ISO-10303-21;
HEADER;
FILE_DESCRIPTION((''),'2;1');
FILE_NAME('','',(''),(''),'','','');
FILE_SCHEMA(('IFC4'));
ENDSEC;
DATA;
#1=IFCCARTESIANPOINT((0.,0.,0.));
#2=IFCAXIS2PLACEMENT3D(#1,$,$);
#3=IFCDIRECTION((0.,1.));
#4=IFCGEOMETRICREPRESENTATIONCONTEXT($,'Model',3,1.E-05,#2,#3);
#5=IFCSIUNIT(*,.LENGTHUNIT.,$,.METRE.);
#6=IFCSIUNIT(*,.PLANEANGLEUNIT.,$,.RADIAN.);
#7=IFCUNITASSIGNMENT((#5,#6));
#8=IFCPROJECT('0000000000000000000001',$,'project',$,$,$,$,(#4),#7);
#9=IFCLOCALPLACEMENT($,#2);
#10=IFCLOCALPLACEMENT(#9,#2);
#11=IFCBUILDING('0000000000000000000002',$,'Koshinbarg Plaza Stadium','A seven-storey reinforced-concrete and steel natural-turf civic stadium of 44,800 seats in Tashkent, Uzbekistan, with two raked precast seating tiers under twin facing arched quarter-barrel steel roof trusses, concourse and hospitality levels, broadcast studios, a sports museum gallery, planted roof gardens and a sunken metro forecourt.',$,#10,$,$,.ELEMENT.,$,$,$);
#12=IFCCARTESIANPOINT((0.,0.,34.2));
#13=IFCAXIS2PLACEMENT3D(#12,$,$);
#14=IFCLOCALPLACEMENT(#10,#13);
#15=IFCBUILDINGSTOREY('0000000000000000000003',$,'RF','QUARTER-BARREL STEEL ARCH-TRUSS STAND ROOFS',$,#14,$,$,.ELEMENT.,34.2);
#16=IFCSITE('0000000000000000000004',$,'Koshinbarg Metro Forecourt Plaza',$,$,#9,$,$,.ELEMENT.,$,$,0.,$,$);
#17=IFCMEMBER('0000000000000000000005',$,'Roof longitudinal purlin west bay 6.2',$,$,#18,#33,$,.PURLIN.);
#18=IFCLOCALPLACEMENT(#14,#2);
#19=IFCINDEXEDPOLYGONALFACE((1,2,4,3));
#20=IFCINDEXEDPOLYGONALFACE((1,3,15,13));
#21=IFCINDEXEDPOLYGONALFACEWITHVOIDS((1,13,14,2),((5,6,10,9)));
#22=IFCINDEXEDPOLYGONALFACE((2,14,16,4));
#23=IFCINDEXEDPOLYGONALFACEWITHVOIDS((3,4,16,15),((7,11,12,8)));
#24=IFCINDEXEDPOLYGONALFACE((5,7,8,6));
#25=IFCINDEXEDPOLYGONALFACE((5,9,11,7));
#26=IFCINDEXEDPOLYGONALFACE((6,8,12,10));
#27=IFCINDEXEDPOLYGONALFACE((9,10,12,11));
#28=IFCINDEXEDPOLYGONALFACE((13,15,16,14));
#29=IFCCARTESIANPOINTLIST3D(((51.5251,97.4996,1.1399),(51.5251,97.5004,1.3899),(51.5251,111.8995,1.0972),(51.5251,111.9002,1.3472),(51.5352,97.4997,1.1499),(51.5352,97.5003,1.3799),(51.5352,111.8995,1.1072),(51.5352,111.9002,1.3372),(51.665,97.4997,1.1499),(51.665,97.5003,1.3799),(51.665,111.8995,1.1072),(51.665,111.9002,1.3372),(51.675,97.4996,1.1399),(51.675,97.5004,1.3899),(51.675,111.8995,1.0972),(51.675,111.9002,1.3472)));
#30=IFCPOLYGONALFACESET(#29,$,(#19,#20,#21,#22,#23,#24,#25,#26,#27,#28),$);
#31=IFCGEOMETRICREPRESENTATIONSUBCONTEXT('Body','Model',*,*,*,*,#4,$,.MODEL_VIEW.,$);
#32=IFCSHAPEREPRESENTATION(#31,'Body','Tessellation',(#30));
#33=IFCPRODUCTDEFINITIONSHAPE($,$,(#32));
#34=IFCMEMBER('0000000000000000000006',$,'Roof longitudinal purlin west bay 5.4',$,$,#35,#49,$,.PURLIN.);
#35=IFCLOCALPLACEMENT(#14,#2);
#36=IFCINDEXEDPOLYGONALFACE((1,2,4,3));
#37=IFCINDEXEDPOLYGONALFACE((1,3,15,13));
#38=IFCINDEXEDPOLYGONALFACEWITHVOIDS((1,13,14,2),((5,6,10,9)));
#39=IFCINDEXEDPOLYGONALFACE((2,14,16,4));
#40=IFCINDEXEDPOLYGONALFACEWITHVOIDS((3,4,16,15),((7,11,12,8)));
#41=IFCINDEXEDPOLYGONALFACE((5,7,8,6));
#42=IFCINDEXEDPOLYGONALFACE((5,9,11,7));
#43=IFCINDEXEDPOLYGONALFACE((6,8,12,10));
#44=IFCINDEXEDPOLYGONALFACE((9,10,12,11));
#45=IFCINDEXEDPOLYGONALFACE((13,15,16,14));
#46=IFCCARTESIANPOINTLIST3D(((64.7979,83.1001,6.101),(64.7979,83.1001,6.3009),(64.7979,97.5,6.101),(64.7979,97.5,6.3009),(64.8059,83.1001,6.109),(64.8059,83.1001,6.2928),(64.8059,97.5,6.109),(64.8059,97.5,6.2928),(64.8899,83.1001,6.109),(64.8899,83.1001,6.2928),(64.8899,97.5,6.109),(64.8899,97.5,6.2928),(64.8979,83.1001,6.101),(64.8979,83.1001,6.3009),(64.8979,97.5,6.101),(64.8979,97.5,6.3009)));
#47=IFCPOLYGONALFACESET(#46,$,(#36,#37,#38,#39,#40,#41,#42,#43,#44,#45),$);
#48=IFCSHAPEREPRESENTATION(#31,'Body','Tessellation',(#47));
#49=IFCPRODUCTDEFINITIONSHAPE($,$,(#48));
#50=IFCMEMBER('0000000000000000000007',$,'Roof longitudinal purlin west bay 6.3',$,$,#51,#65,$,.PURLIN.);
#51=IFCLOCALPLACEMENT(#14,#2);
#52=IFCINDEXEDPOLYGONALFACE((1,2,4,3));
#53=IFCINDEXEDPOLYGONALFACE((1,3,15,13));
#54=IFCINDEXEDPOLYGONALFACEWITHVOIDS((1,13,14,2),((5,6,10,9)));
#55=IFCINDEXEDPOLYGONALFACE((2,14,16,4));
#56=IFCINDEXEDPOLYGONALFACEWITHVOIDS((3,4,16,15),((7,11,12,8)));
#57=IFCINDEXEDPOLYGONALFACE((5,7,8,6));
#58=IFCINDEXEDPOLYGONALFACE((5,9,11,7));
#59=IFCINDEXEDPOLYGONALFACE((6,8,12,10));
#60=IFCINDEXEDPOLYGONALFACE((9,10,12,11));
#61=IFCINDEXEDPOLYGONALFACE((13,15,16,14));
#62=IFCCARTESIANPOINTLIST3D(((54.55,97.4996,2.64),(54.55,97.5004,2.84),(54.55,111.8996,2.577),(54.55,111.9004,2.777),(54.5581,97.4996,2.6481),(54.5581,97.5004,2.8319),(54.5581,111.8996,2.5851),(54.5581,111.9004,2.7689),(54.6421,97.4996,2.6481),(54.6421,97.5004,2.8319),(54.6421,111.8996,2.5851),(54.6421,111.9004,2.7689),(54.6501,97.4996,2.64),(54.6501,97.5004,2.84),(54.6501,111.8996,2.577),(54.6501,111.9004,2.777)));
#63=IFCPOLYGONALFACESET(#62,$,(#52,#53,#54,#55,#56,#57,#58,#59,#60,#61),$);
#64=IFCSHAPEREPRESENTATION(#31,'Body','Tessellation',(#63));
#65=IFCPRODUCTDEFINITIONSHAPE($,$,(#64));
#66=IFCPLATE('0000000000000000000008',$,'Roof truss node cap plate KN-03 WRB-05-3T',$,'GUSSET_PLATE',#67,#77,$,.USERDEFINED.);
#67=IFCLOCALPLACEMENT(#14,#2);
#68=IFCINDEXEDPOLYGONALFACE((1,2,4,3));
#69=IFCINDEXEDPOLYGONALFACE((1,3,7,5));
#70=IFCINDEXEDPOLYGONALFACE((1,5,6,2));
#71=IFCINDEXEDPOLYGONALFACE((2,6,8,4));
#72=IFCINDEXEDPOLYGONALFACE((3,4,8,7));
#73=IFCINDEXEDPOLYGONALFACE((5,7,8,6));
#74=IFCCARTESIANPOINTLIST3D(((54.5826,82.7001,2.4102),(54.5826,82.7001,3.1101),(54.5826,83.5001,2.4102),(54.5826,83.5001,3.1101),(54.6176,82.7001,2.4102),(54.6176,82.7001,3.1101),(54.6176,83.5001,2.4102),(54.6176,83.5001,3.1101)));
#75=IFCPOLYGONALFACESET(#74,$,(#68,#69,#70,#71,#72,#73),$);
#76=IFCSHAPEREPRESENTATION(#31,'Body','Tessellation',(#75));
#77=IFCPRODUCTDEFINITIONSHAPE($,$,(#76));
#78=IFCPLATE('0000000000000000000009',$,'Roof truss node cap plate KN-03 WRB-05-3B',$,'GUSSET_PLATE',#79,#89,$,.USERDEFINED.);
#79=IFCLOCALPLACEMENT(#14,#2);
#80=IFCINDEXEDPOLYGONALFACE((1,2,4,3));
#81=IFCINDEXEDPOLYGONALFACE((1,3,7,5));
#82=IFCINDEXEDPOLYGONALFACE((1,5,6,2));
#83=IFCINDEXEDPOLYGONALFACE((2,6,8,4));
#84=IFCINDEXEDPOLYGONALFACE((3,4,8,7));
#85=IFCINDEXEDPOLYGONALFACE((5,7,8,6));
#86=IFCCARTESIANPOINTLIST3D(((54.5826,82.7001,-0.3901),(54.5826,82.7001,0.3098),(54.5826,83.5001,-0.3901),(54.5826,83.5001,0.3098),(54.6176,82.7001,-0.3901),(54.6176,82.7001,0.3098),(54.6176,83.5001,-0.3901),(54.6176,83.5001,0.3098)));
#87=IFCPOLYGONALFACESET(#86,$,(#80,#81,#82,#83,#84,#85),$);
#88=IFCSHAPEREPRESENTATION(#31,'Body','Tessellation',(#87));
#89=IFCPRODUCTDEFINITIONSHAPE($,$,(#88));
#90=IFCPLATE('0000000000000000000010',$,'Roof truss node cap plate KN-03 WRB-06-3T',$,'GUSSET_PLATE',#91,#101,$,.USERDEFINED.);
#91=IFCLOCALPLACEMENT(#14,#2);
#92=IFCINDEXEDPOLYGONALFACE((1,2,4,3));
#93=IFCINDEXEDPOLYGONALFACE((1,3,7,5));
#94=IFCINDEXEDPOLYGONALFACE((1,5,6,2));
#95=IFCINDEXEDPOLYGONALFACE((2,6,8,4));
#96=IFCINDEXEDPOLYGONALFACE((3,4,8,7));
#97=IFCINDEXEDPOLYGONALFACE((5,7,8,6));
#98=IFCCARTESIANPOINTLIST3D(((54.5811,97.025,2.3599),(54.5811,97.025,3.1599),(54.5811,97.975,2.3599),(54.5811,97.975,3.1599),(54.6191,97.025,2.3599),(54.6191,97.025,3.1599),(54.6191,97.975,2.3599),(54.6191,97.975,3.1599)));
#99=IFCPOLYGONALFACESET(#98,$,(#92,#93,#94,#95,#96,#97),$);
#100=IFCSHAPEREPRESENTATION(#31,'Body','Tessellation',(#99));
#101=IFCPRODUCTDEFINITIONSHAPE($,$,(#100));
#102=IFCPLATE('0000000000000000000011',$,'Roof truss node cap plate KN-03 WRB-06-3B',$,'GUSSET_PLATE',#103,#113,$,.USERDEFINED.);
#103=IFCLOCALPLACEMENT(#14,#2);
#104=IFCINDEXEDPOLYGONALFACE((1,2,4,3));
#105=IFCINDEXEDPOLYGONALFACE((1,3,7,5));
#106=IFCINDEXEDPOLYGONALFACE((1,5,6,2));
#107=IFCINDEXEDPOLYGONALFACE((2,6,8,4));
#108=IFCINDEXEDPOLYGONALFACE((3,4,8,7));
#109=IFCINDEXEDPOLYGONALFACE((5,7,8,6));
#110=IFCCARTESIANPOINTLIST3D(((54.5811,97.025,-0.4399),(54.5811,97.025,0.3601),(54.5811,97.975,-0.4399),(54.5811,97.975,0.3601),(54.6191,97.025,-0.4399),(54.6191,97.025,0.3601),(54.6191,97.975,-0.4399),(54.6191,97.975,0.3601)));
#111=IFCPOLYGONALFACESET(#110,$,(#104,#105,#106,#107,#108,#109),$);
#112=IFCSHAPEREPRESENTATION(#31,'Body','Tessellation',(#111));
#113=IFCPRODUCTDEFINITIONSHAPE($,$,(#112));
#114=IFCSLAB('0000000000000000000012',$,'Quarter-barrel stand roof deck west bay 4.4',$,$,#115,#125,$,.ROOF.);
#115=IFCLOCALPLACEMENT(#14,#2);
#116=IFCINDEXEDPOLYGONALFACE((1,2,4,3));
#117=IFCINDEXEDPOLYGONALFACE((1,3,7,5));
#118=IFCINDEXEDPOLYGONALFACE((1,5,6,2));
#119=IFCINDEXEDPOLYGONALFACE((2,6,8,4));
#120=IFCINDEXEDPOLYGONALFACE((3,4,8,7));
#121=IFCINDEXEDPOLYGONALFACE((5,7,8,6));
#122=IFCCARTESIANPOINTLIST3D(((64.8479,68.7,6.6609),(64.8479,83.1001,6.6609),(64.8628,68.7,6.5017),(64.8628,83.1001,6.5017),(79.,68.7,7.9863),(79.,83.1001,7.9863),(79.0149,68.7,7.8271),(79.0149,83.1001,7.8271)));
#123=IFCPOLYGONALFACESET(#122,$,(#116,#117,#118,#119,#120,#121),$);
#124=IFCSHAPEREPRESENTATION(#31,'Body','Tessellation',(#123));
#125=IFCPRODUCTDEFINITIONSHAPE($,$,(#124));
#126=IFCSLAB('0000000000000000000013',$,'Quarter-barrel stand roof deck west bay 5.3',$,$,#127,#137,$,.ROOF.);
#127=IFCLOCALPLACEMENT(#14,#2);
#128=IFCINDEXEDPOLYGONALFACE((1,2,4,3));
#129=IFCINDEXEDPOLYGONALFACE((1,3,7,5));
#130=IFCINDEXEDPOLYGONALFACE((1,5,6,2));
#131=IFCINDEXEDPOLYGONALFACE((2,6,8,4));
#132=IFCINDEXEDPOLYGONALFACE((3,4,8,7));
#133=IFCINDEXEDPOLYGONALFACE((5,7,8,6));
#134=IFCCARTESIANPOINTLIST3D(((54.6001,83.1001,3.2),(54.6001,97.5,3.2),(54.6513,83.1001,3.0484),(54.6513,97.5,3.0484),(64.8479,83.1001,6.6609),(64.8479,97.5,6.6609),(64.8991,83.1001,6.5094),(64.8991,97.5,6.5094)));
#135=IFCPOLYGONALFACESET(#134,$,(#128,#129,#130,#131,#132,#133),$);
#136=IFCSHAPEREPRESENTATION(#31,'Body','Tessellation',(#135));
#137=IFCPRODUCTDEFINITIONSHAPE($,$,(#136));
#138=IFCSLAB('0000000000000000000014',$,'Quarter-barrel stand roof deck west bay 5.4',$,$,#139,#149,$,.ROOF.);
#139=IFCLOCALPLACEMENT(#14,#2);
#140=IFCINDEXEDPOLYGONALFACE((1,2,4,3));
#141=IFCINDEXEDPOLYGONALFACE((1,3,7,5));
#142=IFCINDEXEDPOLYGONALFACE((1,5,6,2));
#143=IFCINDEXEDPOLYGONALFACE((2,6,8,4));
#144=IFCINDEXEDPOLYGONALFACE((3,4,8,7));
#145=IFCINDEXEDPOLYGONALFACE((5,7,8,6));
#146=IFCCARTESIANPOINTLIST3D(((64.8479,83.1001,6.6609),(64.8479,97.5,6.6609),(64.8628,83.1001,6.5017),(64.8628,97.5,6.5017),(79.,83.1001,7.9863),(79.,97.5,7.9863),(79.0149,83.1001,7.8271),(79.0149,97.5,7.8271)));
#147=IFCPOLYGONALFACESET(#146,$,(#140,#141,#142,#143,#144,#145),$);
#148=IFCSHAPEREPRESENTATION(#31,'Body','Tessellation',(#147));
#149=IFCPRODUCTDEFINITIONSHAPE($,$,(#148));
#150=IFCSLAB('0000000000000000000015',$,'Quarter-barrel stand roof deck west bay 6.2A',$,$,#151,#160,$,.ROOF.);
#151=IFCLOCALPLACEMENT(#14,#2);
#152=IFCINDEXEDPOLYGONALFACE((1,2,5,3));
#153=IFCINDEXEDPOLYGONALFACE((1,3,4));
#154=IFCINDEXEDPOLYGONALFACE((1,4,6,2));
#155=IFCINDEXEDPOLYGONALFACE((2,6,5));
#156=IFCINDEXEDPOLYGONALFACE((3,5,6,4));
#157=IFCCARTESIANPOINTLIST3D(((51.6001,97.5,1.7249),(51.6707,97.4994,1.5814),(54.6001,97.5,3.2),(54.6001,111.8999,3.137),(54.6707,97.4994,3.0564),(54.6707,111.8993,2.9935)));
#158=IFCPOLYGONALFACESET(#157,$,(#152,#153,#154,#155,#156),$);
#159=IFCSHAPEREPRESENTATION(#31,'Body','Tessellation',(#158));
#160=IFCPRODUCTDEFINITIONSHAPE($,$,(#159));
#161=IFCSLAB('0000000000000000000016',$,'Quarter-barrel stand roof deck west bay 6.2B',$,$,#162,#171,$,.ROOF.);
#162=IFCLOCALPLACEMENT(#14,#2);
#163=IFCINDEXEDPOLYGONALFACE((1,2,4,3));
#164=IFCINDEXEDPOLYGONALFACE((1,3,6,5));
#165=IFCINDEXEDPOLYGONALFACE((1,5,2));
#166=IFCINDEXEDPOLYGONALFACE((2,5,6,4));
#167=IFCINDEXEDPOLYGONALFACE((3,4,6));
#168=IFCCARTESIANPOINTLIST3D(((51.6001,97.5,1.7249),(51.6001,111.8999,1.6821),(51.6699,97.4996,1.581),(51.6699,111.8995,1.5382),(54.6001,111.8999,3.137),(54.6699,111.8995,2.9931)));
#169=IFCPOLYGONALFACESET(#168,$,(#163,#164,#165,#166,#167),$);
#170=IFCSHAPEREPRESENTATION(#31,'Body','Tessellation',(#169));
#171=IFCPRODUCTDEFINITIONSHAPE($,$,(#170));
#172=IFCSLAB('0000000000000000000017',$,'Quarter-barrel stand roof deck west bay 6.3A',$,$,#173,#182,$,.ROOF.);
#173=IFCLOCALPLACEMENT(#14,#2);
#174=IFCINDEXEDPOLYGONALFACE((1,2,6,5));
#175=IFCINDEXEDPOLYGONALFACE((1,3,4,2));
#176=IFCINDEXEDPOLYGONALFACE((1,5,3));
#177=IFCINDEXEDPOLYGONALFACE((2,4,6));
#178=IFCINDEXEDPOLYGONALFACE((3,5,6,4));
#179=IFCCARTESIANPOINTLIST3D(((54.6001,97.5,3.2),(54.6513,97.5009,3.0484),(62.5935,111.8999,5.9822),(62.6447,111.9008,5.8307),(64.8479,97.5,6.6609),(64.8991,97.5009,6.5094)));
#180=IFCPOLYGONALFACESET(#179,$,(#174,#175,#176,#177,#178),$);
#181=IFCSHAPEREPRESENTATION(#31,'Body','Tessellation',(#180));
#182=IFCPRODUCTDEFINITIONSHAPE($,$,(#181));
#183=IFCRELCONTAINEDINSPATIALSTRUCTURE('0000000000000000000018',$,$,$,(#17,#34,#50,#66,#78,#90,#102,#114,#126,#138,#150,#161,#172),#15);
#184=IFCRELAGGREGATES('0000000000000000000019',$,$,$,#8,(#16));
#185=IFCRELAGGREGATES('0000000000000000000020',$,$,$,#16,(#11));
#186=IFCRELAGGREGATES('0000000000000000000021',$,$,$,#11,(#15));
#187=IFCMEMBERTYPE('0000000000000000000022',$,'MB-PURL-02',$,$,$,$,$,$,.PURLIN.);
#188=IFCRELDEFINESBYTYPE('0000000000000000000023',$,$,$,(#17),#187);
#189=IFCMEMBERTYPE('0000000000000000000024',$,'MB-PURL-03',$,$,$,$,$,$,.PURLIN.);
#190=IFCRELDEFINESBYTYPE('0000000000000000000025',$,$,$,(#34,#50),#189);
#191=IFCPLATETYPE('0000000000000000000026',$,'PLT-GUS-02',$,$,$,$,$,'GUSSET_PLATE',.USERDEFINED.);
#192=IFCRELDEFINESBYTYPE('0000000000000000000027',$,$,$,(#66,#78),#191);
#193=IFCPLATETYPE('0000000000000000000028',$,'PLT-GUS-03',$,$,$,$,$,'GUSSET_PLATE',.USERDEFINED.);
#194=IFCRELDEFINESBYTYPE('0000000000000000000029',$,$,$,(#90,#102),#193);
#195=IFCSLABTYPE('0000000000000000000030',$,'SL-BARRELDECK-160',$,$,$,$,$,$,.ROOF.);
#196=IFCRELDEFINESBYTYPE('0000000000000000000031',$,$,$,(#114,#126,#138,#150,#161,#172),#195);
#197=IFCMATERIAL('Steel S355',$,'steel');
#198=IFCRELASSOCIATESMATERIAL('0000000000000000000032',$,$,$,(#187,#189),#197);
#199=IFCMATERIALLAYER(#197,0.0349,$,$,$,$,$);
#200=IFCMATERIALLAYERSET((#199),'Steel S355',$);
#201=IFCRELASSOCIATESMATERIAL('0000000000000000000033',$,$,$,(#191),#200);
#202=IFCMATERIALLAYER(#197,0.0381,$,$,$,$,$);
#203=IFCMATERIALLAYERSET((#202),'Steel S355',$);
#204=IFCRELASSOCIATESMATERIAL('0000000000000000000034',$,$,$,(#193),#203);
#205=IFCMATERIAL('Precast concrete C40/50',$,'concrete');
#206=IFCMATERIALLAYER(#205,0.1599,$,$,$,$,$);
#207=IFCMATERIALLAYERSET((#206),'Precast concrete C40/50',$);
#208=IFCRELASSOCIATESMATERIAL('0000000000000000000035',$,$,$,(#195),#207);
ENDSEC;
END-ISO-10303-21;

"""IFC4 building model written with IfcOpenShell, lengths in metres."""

from ifc_helpers import new_model, si_unit, direction, frame, origin, origin_2d, place, context, subcontext, project, spatial, polyline, rectangle, hollow_rectangle, outline, extrude, material, layer, layer_set, material_profile, profile_set, type_object, element, save


model = new_model("IFC4")

# Units and contexts
model_context = context("Model", 3, precision=1e-05, world=origin(), true_north=direction((0.0, 1.0)))
body_context = subcontext(model_context, "Body", "Model", "MODEL_VIEW")
ifc_project = project(units=[si_unit("LENGTHUNIT", "METRE"), si_unit("PLANEANGLEUNIT", "RADIAN")], contexts=[model_context])

# Site, building, storey
site_placement = place(None, origin())
site = spatial("IfcSite", under=ifc_project, at=site_placement, Name="Koshinbarg Metro Forecourt Plaza", CompositionType="ELEMENT", RefElevation=0.0)
building_placement = place(site_placement, origin())
building = spatial("IfcBuilding", under=site, at=building_placement, Name="Koshinbarg Plaza Stadium", Description="A seven-storey reinforced-concrete and steel natural-turf civic stadium of 44,800 seats in Tashkent, Uzbekistan, with two raked precast seating tiers under twin facing arched quarter-barrel steel roof trusses, concourse and hospitality levels, broadcast studios, a sports museum gallery, planted roof gardens and a sunken metro forecourt.", CompositionType="ELEMENT")
storey_placement = place(building_placement, frame((0.0, 0.0, 34.2)))
storey = spatial("IfcBuildingStorey", under=building, at=storey_placement, Name="RF", Description="QUARTER-BARREL STEEL ARCH-TRUSS STAND ROOFS", CompositionType="ELEMENT", Elevation=34.2)

# Members
ifc_material_1 = material(Name="Steel S355", Category="steel")
ifc_material_profile_1 = material_profile(ifc_material_1, hollow_rectangle(XDim=0.1499, YDim=0.25, WallThickness=0.01, at=origin_2d()), Name="RHS 250x150x10")
ifc_profile_set_1 = profile_set([ifc_material_profile_1], Name="Steel S355")
member_type_1 = type_object("IfcMemberType", Name="MB-PURL-02", PredefinedType="PURLIN", material=ifc_profile_set_1)
for number, where, z_axis, x_axis, name in (
    (1, (51.6001, 97.5, 1.2649), (0.0, 0.999996, -0.002967), (-1.0, 0.0, 0.0), "Roof longitudinal purlin west bay 6.2"),
):
    element("IfcMember", number, at=place(storey_placement, frame(where, z_axis=z_axis, x_axis=x_axis)), inside=storey, type_object=member_type_1, Name=name, PredefinedType="PURLIN", context=body_context, shape_type="SweptSolid", body=[
        extrude(hollow_rectangle(XDim=0.1499, YDim=0.25, WallThickness=0.01, at=origin_2d()), origin(), (0.0, 0.0, 1.0), 14.3999),
    ])
ifc_material_profile_2 = material_profile(ifc_material_1, hollow_rectangle(XDim=0.1001, YDim=0.2, WallThickness=0.0081, at=origin_2d()), Name="RHS 200x100x8")
ifc_profile_set_2 = profile_set([ifc_material_profile_2], Name="Steel S355")
member_type_2 = type_object("IfcMemberType", Name="MB-PURL-03", PredefinedType="PURLIN", material=ifc_profile_set_2)
member_1_placement = place(storey_placement, frame((64.8479, 83.1001, 6.2009), z_axis=(0.0, 1.0, 0.0), x_axis=(-1.0, 0.0, 0.0)))
element("IfcMember", 2, at=member_1_placement, inside=storey, type_object=member_type_2, Name="Roof longitudinal purlin west bay 5.4", PredefinedType="PURLIN", context=body_context, shape_type="SweptSolid", body=[
    extrude(hollow_rectangle(XDim=0.1001, YDim=0.2, WallThickness=0.0081, at=origin_2d()), origin(), (0.0, 0.0, 1.0), 14.3999),
])
member_2_placement = place(storey_placement, frame((54.6001, 97.5, 2.74), z_axis=(0.0, 0.99999, -0.004374), x_axis=(-1.0, 0.0, 0.0)))
element("IfcMember", 3, at=member_2_placement, inside=storey, type_object=member_type_2, Name="Roof longitudinal purlin west bay 6.3", PredefinedType="PURLIN", context=body_context, shape_type="SweptSolid", body=[
    extrude(hollow_rectangle(XDim=0.1001, YDim=0.2, WallThickness=0.0081, at=origin_2d()), origin(), (0.0, 0.0, 1.0), 14.4001),
])

# Plates
ifc_layer_1 = layer(ifc_material_1, 0.0349)
ifc_layer_set_1 = layer_set([ifc_layer_1], Name="Steel S355")
plate_type_1 = type_object("IfcPlateType", Name="PLT-GUS-02", ElementType="GUSSET_PLATE", PredefinedType="USERDEFINED", material=ifc_layer_set_1)
for number, where, z_axis, x_axis, name in (
    (4, (54.6001, 83.1001, 2.4102), (0.0, 0.0, 1.0), (1.0, 0.0, 0.0), "Roof truss node cap plate KN-03 WRB-05-3T"),
    (5, (54.6001, 83.1001, -0.3901), (0.0, 0.0, 1.0), (1.0, 0.0, 0.0), "Roof truss node cap plate KN-03 WRB-05-3B"),
):
    element("IfcPlate", number, at=place(storey_placement, frame(where, z_axis=z_axis, x_axis=x_axis)), inside=storey, type_object=plate_type_1, Name=name, ObjectType="GUSSET_PLATE", PredefinedType="USERDEFINED", context=body_context, shape_type="SweptSolid", body=[
        extrude(rectangle(XDim=0.0349, YDim=0.8, at=origin_2d()), origin(), (0.0, 0.0, 1.0), 0.7),
    ])
ifc_layer_2 = layer(ifc_material_1, 0.0381)
ifc_layer_set_2 = layer_set([ifc_layer_2], Name="Steel S355")
plate_type_2 = type_object("IfcPlateType", Name="PLT-GUS-03", ElementType="GUSSET_PLATE", PredefinedType="USERDEFINED", material=ifc_layer_set_2)
for number, where, z_axis, x_axis, name in (
    (6, (54.6001, 97.5, 2.3599), (0.0, 0.0, 1.0), (1.0, 0.0, 0.0), "Roof truss node cap plate KN-03 WRB-06-3T"),
    (7, (54.6001, 97.5, -0.4399), (0.0, 0.0, 1.0), (1.0, 0.0, 0.0), "Roof truss node cap plate KN-03 WRB-06-3B"),
):
    element("IfcPlate", number, at=place(storey_placement, frame(where, z_axis=z_axis, x_axis=x_axis)), inside=storey, type_object=plate_type_2, Name=name, ObjectType="GUSSET_PLATE", PredefinedType="USERDEFINED", context=body_context, shape_type="SweptSolid", body=[
        extrude(rectangle(XDim=0.0381, YDim=0.95, at=origin_2d()), origin(), (0.0, 0.0, 1.0), 0.8),
    ])

# Slabs
ifc_material_2 = material(Name="Precast concrete C40/50", Category="concrete")
ifc_layer_3 = layer(ifc_material_2, 0.1599)
ifc_layer_set_3 = layer_set([ifc_layer_3], Name="Precast concrete C40/50")
slab_type = type_object("IfcSlabType", Name="SL-BARRELDECK-160", PredefinedType="ROOF", material=ifc_layer_set_3)
slab_1_placement = place(storey_placement, frame((64.8479, 68.7, 6.6609), z_axis=(-0.093249, 0.0, 0.995643), x_axis=(0.995643, 0.0, 0.093249)))
element("IfcSlab", 8, at=slab_1_placement, inside=storey, type_object=slab_type, Name="Quarter-barrel stand roof deck west bay 4.4", PredefinedType="ROOF", context=body_context, shape_type="SweptSolid", body=[
    extrude(outline(polyline([(0.0, 0.0), (14.214, 0.0), (14.214, 14.4001), (0.0, 14.4001), (0.0, 0.0)])), origin(), (0.0, 0.0, -1.0), 0.1599),
])
slab_2_placement = place(storey_placement, frame((54.6001, 83.1001, 3.2), z_axis=(-0.31997, 0.0, 0.947428), x_axis=(0.947428, 0.0, 0.31997)))
element("IfcSlab", 9, at=slab_2_placement, inside=storey, type_object=slab_type, Name="Quarter-barrel stand roof deck west bay 5.3", PredefinedType="ROOF", context=body_context, shape_type="SweptSolid", body=[
    extrude(outline(polyline([(0.0, 0.0), (10.8164, 0.0), (10.8164, 14.3999), (0.0, 14.3999), (0.0, 0.0)])), origin(), (0.0, 0.0, -1.0), 0.1599),
])
slab_3_placement = place(storey_placement, frame((64.8479, 83.1001, 6.6609), z_axis=(-0.093249, 0.0, 0.995643), x_axis=(0.995643, 0.0, 0.093249)))
element("IfcSlab", 10, at=slab_3_placement, inside=storey, type_object=slab_type, Name="Quarter-barrel stand roof deck west bay 5.4", PredefinedType="ROOF", context=body_context, shape_type="SweptSolid", body=[
    extrude(outline(polyline([(0.0, 0.0), (14.214, 0.0), (14.214, 14.3999), (0.0, 14.3999), (0.0, 0.0)])), origin(), (0.0, 0.0, -1.0), 0.1599),
])
slab_4_placement = place(storey_placement, frame((51.6001, 97.5, 1.7249), z_axis=(-0.441241, 0.003925, 0.89738), x_axis=(0.897387, 0.0, 0.441244)))
element("IfcSlab", 11, at=slab_4_placement, inside=storey, type_object=slab_type, Name="Quarter-barrel stand roof deck west bay 6.2A", PredefinedType="ROOF", context=body_context, shape_type="SweptSolid", body=[
    extrude(outline(polyline([(0.0, 0.0), (3.343, 0.0), (3.3152, 14.4), (0.0, 0.0)])), origin(), (0.0, 0.0, -1.0), 0.1599),
])
slab_5_placement = place(storey_placement, frame((51.6001, 97.5, 1.7249), z_axis=(-0.436342, 0.00267, 0.899777), x_axis=(0.203022, 0.9745, 0.095563)))
element("IfcSlab", 12, at=slab_5_placement, inside=storey, type_object=slab_type, Name="Quarter-barrel stand roof deck west bay 6.2B", PredefinedType="ROOF", context=body_context, shape_type="SweptSolid", body=[
    extrude(outline(polyline([(0.0, 0.0), (14.7767, 0.0), (14.0286, 3.2491), (0.0, 0.0)])), origin(), (0.0, 0.0, -1.0), 0.1599),
])
slab_6_placement = place(storey_placement, frame((54.6001, 97.5, 3.2), z_axis=(-0.319965, -0.005438, 0.947414), x_axis=(0.947428, 0.0, 0.31997)))
element("IfcSlab", 13, at=slab_6_placement, inside=storey, type_object=slab_type, Name="Quarter-barrel stand roof deck west bay 6.3A", PredefinedType="ROOF", context=body_context, shape_type="SweptSolid", body=[
    extrude(outline(polyline([(0.0, 0.0), (10.8164, 0.0), (8.4634, 14.4001), (0.0, 0.0)])), origin(), (0.0, 0.0, -1.0), 0.1599),
])

save(model, "model.ifc")
